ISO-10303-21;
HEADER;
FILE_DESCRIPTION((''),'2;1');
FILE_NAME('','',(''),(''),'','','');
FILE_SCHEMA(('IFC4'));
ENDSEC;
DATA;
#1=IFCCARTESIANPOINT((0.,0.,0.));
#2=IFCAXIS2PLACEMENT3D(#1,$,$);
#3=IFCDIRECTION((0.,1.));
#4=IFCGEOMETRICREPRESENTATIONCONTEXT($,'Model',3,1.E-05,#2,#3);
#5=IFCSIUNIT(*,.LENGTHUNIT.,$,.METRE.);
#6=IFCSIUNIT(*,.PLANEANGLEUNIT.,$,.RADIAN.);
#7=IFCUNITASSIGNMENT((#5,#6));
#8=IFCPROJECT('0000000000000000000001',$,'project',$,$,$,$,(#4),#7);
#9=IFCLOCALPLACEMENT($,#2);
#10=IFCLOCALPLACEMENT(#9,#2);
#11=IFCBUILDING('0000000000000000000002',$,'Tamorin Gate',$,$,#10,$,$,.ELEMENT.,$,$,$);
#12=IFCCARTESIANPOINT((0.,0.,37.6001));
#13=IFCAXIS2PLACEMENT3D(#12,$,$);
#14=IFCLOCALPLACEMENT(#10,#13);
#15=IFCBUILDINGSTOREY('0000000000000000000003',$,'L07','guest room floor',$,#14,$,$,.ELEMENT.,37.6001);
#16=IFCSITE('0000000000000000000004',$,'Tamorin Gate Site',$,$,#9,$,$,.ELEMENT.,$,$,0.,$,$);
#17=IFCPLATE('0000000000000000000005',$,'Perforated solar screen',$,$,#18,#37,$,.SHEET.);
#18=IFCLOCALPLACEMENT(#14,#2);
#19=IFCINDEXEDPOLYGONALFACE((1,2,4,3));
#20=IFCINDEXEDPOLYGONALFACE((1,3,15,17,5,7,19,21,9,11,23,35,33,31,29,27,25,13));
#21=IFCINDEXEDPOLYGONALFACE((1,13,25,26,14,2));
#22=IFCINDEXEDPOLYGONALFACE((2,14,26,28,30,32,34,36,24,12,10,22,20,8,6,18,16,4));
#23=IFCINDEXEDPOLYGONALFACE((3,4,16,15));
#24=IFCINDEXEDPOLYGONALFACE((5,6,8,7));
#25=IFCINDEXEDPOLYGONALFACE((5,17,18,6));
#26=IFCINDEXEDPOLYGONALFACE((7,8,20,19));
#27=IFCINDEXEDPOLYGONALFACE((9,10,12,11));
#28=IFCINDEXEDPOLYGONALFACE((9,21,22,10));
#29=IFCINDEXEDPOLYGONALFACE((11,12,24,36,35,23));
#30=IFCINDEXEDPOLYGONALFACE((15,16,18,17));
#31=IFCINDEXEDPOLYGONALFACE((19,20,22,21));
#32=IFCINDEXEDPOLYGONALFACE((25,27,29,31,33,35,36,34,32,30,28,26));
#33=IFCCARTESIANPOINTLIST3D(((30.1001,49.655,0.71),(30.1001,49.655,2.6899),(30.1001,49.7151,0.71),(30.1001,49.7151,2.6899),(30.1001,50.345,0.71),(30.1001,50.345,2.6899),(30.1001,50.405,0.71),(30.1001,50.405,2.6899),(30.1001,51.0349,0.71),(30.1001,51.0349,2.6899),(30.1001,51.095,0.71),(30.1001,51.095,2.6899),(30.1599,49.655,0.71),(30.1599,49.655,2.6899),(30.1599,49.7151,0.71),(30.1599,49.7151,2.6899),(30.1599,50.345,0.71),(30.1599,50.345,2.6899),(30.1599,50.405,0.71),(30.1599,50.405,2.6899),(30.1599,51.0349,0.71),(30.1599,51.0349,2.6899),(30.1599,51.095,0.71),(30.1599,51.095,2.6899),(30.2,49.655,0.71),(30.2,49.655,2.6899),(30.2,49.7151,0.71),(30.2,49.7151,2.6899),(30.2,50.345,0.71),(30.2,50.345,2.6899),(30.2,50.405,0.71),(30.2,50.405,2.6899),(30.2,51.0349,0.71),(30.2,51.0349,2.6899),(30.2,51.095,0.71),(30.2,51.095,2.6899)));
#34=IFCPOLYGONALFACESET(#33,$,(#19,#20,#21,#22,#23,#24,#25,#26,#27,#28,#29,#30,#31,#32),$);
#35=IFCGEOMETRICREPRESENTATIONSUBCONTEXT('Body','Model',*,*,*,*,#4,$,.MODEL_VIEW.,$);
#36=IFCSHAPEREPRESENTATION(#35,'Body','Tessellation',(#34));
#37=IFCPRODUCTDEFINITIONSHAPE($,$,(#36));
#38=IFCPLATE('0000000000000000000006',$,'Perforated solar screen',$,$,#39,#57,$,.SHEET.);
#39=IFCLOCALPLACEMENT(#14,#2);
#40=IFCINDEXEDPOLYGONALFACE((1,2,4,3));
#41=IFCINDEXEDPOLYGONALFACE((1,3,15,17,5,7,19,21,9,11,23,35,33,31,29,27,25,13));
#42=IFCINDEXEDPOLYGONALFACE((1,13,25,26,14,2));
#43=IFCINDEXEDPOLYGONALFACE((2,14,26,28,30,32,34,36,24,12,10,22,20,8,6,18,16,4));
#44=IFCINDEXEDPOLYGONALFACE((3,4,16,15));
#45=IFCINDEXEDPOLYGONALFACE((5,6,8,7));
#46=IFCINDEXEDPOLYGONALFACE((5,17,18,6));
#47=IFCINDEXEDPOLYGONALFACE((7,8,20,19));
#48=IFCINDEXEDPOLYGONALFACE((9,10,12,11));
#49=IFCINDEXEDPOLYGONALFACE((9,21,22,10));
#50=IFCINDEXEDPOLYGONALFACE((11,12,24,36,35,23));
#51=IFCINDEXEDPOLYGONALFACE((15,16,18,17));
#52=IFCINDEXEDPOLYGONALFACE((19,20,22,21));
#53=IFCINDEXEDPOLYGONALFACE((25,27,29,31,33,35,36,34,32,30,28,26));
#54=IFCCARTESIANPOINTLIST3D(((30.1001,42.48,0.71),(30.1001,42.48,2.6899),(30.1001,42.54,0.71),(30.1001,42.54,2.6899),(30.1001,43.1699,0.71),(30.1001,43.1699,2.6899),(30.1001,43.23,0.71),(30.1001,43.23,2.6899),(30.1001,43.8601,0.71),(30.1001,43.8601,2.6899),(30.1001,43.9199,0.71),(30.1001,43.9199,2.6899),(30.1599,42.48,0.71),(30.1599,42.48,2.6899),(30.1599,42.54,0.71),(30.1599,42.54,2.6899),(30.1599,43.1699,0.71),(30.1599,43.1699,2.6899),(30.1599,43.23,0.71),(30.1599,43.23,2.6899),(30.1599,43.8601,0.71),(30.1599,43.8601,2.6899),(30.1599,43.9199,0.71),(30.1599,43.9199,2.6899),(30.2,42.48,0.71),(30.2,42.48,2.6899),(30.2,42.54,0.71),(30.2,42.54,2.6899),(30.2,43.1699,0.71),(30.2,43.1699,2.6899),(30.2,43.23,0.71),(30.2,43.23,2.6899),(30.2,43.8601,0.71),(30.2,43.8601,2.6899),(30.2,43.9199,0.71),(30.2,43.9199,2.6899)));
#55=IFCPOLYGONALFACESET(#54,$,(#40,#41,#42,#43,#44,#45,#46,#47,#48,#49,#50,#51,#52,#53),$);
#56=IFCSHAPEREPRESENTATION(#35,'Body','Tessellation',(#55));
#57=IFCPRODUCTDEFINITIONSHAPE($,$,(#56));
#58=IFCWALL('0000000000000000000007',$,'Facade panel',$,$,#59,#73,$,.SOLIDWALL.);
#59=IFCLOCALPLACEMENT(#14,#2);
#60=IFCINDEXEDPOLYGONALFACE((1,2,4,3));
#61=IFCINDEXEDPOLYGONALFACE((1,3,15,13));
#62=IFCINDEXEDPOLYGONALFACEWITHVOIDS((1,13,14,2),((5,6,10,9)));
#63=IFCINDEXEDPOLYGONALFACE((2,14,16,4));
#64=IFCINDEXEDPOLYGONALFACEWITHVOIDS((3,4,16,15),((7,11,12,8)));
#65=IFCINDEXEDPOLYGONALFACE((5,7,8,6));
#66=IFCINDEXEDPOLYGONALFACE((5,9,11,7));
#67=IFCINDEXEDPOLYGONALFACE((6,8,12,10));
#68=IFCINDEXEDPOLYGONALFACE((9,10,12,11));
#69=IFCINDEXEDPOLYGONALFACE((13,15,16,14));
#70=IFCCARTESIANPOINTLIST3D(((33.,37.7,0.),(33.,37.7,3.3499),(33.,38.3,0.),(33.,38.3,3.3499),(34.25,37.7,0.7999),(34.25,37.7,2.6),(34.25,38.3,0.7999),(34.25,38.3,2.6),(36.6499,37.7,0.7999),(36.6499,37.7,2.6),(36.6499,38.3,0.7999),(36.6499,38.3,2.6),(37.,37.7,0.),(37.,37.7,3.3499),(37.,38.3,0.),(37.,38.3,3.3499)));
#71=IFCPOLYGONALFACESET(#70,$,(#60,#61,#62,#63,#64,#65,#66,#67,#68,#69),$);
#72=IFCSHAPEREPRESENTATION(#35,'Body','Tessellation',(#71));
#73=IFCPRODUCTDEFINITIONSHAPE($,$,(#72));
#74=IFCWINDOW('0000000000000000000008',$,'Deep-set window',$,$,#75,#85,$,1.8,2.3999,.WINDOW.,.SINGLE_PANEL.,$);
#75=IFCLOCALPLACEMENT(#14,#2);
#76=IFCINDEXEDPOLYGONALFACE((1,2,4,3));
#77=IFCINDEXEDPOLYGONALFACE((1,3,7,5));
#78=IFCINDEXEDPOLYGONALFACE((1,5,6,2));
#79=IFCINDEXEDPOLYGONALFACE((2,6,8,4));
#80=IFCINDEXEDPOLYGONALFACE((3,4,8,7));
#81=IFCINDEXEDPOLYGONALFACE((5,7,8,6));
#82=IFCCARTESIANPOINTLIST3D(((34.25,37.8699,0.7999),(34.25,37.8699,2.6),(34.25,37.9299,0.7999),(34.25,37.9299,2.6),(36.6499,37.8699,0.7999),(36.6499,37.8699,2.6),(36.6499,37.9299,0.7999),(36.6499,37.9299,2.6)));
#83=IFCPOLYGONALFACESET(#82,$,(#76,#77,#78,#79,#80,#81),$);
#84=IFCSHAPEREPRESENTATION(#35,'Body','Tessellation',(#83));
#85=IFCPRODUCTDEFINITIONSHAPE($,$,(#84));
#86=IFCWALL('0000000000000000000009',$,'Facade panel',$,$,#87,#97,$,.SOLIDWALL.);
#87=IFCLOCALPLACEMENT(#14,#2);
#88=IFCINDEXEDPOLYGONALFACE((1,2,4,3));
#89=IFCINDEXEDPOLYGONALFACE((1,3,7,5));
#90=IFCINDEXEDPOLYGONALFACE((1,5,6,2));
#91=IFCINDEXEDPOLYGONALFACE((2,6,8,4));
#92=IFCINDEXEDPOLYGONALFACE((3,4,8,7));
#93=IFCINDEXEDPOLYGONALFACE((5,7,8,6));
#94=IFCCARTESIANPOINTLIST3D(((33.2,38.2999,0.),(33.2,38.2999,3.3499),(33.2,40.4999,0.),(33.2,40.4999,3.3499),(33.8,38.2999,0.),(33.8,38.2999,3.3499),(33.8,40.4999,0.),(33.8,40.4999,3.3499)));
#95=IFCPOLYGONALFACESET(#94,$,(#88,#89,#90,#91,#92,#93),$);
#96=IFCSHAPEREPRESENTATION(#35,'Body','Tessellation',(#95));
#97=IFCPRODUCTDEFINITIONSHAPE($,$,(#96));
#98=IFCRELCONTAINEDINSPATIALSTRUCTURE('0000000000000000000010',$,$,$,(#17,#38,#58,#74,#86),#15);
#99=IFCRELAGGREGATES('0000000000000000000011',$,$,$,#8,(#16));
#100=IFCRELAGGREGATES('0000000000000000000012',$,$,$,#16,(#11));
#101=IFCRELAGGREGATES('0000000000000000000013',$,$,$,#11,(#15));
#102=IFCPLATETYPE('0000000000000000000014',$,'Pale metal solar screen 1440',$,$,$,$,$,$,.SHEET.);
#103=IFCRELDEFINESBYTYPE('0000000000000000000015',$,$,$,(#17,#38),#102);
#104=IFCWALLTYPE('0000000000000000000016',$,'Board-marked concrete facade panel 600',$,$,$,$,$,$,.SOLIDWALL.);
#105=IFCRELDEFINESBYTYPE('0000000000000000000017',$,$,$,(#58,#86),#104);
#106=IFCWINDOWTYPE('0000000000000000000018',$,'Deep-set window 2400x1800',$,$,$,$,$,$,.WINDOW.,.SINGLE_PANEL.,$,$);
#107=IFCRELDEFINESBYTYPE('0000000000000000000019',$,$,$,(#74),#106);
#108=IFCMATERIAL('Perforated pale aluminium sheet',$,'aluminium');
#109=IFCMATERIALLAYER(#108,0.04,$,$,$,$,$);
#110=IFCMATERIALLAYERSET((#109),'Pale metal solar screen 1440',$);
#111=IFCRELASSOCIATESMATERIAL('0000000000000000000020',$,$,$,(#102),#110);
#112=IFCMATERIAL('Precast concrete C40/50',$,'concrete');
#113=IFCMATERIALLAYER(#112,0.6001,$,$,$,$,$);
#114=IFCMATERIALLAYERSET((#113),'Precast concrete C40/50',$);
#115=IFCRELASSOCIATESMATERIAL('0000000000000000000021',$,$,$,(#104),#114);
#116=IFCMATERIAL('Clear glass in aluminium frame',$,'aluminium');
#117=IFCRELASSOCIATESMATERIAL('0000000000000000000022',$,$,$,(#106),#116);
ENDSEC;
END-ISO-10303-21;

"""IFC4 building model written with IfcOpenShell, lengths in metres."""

from ifc_helpers import new_model, si_unit, direction, frame, frame_2d, origin, place, context, subcontext, project, spatial, polyline, rectangle, outline, extrude, material, layer, layer_set, type_object, element, fill, save


model = new_model("IFC4")

# Units and contexts
model_context = context("Model", 3, precision=1e-05, world=origin(), true_north=direction((0.0, 1.0)))
body_context = subcontext(model_context, "Body", "Model", "MODEL_VIEW")
ifc_project = project(units=[si_unit("LENGTHUNIT", "METRE"), si_unit("PLANEANGLEUNIT", "RADIAN")], contexts=[model_context])

# Site, building, storey
site_placement = place(None, origin())
site = spatial("IfcSite", under=ifc_project, at=site_placement, Name="Tamorin Gate Site", CompositionType="ELEMENT", RefElevation=0.0)
building_placement = place(site_placement, origin())
building = spatial("IfcBuilding", under=site, at=building_placement, Name="Tamorin Gate", CompositionType="ELEMENT")
storey_placement = place(building_placement, frame((0.0, 0.0, 37.6001)))
storey = spatial("IfcBuildingStorey", under=building, at=storey_placement, Name="L07", Description="guest room floor", CompositionType="ELEMENT", Elevation=37.6001)

# Plates
ifc_material_1 = material(Name="Perforated pale aluminium sheet", Category="aluminium")
ifc_layer_1 = layer(ifc_material_1, 0.04)
ifc_layer_set_1 = layer_set([ifc_layer_1], Name="Pale metal solar screen 1440")
plate_type = type_object("IfcPlateType", Name="Pale metal solar screen 1440", PredefinedType="SHEET", material=ifc_layer_set_1)
plate_1_placement = place(storey_placement, frame((0.0, 0.0, 0.71)))
element("IfcPlate", 1, at=plate_1_placement, inside=storey, type_object=plate_type, Name="Perforated solar screen", PredefinedType="SHEET", context=body_context, shape_type="SweptSolid", body=[
    extrude(outline(polyline([(30.1599, 51.095), (30.2, 51.095), (30.2, 51.0349), (30.2, 50.405), (30.2, 50.345), (30.2, 49.7151), (30.2, 49.655), (30.1599, 49.655), (30.1001, 49.655), (30.1001, 49.7151), (30.1599, 49.7151), (30.1599, 50.345), (30.1001, 50.345), (30.1001, 50.405), (30.1599, 50.405), (30.1599, 51.0349), (30.1001, 51.0349), (30.1001, 51.095), (30.1599, 51.095)])), origin(), (0.0, 0.0, 1.0), 1.98),
])
plate_2_placement = place(storey_placement, frame((0.0, 0.0, 0.71)))
element("IfcPlate", 2, at=plate_2_placement, inside=storey, type_object=plate_type, Name="Perforated solar screen", PredefinedType="SHEET", context=body_context, shape_type="SweptSolid", body=[
    extrude(outline(polyline([(30.1599, 43.9199), (30.2, 43.9199), (30.2, 43.8601), (30.2, 43.23), (30.2, 43.1699), (30.2, 42.54), (30.2, 42.48), (30.1599, 42.48), (30.1001, 42.48), (30.1001, 42.54), (30.1599, 42.54), (30.1599, 43.1699), (30.1001, 43.1699), (30.1001, 43.23), (30.1599, 43.23), (30.1599, 43.8601), (30.1001, 43.8601), (30.1001, 43.9199), (30.1599, 43.9199)])), origin(), (0.0, 0.0, 1.0), 1.98),
])

# Wall, opening, window
ifc_material_2 = material(Name="Precast concrete C40/50", Category="concrete")
ifc_layer_2 = layer(ifc_material_2, 0.6001)
ifc_layer_set_2 = layer_set([ifc_layer_2], Name="Precast concrete C40/50")
wall_type = type_object("IfcWallType", Name="Board-marked concrete facade panel 600", PredefinedType="SOLIDWALL", material=ifc_layer_set_2)
wall_1_placement = place(storey_placement, frame((33.0, 38.0, 0.0), z_axis=(0.0, 0.0, 1.0), x_axis=(1.0, 0.0, 0.0)))
wall_1 = element("IfcWall", 3, at=wall_1_placement, inside=storey, type_object=wall_type, Name="Facade panel", PredefinedType="SOLIDWALL", context=body_context, shape_type="SweptSolid", body=[
    extrude(rectangle(XDim=4.0, YDim=0.6001, at=frame_2d((2.0, 0.0))), origin(), (0.0, 0.0, 1.0), 3.3499),
])
opening_placement = place(wall_1_placement, frame((1.25, 0.0, 0.8)))
opening = element("IfcOpeningElement", 4, at=opening_placement, cuts=wall_1, PredefinedType="OPENING", context=body_context, shape_type="SweptSolid", body=[
    extrude(rectangle(XDim=2.3999, YDim=1.8, at=frame_2d((1.2, 0.8999))), frame((0.0, 0.3101, 0.0), z_axis=(0.0, -1.0, 0.0), x_axis=(1.0, 0.0, 0.0)), (0.0, 0.0, 1.0), 0.6201),
])
ifc_material_3 = material(Name="Clear glass in aluminium frame", Category="aluminium")
window_type = type_object("IfcWindowType", Name="Deep-set window 2400x1800", PartitioningType="SINGLE_PANEL", PredefinedType="WINDOW", material=ifc_material_3)
window_placement = place(opening_placement, origin())
window = element("IfcWindow", 5, at=window_placement, inside=storey, type_object=window_type, Name="Deep-set window", OverallHeight=1.8, OverallWidth=2.3999, PartitioningType="SINGLE_PANEL", PredefinedType="WINDOW", context=body_context, shape_type="SweptSolid", body=[
    extrude(rectangle(XDim=2.3999, YDim=1.8, at=frame_2d((1.2, 0.8999))), frame((0.0, -0.0701, 0.0), z_axis=(0.0, -1.0, 0.0), x_axis=(1.0, 0.0, 0.0)), (0.0, 0.0, 1.0), 0.0601),
])
fill(opening, window)

# Wall
wall_2_placement = place(storey_placement, frame((33.5, 40.5, 0.0), z_axis=(0.0, 0.0, 1.0), x_axis=(0.0, -1.0, 0.0)))
element("IfcWall", 6, at=wall_2_placement, inside=storey, type_object=wall_type, Name="Facade panel", PredefinedType="SOLIDWALL", context=body_context, shape_type="SweptSolid", body=[
    extrude(rectangle(XDim=2.2, YDim=0.6001, at=frame_2d((1.1001, 0.0))), origin(), (0.0, 0.0, 1.0), 3.3499),
])

save(model, "model.ifc")
